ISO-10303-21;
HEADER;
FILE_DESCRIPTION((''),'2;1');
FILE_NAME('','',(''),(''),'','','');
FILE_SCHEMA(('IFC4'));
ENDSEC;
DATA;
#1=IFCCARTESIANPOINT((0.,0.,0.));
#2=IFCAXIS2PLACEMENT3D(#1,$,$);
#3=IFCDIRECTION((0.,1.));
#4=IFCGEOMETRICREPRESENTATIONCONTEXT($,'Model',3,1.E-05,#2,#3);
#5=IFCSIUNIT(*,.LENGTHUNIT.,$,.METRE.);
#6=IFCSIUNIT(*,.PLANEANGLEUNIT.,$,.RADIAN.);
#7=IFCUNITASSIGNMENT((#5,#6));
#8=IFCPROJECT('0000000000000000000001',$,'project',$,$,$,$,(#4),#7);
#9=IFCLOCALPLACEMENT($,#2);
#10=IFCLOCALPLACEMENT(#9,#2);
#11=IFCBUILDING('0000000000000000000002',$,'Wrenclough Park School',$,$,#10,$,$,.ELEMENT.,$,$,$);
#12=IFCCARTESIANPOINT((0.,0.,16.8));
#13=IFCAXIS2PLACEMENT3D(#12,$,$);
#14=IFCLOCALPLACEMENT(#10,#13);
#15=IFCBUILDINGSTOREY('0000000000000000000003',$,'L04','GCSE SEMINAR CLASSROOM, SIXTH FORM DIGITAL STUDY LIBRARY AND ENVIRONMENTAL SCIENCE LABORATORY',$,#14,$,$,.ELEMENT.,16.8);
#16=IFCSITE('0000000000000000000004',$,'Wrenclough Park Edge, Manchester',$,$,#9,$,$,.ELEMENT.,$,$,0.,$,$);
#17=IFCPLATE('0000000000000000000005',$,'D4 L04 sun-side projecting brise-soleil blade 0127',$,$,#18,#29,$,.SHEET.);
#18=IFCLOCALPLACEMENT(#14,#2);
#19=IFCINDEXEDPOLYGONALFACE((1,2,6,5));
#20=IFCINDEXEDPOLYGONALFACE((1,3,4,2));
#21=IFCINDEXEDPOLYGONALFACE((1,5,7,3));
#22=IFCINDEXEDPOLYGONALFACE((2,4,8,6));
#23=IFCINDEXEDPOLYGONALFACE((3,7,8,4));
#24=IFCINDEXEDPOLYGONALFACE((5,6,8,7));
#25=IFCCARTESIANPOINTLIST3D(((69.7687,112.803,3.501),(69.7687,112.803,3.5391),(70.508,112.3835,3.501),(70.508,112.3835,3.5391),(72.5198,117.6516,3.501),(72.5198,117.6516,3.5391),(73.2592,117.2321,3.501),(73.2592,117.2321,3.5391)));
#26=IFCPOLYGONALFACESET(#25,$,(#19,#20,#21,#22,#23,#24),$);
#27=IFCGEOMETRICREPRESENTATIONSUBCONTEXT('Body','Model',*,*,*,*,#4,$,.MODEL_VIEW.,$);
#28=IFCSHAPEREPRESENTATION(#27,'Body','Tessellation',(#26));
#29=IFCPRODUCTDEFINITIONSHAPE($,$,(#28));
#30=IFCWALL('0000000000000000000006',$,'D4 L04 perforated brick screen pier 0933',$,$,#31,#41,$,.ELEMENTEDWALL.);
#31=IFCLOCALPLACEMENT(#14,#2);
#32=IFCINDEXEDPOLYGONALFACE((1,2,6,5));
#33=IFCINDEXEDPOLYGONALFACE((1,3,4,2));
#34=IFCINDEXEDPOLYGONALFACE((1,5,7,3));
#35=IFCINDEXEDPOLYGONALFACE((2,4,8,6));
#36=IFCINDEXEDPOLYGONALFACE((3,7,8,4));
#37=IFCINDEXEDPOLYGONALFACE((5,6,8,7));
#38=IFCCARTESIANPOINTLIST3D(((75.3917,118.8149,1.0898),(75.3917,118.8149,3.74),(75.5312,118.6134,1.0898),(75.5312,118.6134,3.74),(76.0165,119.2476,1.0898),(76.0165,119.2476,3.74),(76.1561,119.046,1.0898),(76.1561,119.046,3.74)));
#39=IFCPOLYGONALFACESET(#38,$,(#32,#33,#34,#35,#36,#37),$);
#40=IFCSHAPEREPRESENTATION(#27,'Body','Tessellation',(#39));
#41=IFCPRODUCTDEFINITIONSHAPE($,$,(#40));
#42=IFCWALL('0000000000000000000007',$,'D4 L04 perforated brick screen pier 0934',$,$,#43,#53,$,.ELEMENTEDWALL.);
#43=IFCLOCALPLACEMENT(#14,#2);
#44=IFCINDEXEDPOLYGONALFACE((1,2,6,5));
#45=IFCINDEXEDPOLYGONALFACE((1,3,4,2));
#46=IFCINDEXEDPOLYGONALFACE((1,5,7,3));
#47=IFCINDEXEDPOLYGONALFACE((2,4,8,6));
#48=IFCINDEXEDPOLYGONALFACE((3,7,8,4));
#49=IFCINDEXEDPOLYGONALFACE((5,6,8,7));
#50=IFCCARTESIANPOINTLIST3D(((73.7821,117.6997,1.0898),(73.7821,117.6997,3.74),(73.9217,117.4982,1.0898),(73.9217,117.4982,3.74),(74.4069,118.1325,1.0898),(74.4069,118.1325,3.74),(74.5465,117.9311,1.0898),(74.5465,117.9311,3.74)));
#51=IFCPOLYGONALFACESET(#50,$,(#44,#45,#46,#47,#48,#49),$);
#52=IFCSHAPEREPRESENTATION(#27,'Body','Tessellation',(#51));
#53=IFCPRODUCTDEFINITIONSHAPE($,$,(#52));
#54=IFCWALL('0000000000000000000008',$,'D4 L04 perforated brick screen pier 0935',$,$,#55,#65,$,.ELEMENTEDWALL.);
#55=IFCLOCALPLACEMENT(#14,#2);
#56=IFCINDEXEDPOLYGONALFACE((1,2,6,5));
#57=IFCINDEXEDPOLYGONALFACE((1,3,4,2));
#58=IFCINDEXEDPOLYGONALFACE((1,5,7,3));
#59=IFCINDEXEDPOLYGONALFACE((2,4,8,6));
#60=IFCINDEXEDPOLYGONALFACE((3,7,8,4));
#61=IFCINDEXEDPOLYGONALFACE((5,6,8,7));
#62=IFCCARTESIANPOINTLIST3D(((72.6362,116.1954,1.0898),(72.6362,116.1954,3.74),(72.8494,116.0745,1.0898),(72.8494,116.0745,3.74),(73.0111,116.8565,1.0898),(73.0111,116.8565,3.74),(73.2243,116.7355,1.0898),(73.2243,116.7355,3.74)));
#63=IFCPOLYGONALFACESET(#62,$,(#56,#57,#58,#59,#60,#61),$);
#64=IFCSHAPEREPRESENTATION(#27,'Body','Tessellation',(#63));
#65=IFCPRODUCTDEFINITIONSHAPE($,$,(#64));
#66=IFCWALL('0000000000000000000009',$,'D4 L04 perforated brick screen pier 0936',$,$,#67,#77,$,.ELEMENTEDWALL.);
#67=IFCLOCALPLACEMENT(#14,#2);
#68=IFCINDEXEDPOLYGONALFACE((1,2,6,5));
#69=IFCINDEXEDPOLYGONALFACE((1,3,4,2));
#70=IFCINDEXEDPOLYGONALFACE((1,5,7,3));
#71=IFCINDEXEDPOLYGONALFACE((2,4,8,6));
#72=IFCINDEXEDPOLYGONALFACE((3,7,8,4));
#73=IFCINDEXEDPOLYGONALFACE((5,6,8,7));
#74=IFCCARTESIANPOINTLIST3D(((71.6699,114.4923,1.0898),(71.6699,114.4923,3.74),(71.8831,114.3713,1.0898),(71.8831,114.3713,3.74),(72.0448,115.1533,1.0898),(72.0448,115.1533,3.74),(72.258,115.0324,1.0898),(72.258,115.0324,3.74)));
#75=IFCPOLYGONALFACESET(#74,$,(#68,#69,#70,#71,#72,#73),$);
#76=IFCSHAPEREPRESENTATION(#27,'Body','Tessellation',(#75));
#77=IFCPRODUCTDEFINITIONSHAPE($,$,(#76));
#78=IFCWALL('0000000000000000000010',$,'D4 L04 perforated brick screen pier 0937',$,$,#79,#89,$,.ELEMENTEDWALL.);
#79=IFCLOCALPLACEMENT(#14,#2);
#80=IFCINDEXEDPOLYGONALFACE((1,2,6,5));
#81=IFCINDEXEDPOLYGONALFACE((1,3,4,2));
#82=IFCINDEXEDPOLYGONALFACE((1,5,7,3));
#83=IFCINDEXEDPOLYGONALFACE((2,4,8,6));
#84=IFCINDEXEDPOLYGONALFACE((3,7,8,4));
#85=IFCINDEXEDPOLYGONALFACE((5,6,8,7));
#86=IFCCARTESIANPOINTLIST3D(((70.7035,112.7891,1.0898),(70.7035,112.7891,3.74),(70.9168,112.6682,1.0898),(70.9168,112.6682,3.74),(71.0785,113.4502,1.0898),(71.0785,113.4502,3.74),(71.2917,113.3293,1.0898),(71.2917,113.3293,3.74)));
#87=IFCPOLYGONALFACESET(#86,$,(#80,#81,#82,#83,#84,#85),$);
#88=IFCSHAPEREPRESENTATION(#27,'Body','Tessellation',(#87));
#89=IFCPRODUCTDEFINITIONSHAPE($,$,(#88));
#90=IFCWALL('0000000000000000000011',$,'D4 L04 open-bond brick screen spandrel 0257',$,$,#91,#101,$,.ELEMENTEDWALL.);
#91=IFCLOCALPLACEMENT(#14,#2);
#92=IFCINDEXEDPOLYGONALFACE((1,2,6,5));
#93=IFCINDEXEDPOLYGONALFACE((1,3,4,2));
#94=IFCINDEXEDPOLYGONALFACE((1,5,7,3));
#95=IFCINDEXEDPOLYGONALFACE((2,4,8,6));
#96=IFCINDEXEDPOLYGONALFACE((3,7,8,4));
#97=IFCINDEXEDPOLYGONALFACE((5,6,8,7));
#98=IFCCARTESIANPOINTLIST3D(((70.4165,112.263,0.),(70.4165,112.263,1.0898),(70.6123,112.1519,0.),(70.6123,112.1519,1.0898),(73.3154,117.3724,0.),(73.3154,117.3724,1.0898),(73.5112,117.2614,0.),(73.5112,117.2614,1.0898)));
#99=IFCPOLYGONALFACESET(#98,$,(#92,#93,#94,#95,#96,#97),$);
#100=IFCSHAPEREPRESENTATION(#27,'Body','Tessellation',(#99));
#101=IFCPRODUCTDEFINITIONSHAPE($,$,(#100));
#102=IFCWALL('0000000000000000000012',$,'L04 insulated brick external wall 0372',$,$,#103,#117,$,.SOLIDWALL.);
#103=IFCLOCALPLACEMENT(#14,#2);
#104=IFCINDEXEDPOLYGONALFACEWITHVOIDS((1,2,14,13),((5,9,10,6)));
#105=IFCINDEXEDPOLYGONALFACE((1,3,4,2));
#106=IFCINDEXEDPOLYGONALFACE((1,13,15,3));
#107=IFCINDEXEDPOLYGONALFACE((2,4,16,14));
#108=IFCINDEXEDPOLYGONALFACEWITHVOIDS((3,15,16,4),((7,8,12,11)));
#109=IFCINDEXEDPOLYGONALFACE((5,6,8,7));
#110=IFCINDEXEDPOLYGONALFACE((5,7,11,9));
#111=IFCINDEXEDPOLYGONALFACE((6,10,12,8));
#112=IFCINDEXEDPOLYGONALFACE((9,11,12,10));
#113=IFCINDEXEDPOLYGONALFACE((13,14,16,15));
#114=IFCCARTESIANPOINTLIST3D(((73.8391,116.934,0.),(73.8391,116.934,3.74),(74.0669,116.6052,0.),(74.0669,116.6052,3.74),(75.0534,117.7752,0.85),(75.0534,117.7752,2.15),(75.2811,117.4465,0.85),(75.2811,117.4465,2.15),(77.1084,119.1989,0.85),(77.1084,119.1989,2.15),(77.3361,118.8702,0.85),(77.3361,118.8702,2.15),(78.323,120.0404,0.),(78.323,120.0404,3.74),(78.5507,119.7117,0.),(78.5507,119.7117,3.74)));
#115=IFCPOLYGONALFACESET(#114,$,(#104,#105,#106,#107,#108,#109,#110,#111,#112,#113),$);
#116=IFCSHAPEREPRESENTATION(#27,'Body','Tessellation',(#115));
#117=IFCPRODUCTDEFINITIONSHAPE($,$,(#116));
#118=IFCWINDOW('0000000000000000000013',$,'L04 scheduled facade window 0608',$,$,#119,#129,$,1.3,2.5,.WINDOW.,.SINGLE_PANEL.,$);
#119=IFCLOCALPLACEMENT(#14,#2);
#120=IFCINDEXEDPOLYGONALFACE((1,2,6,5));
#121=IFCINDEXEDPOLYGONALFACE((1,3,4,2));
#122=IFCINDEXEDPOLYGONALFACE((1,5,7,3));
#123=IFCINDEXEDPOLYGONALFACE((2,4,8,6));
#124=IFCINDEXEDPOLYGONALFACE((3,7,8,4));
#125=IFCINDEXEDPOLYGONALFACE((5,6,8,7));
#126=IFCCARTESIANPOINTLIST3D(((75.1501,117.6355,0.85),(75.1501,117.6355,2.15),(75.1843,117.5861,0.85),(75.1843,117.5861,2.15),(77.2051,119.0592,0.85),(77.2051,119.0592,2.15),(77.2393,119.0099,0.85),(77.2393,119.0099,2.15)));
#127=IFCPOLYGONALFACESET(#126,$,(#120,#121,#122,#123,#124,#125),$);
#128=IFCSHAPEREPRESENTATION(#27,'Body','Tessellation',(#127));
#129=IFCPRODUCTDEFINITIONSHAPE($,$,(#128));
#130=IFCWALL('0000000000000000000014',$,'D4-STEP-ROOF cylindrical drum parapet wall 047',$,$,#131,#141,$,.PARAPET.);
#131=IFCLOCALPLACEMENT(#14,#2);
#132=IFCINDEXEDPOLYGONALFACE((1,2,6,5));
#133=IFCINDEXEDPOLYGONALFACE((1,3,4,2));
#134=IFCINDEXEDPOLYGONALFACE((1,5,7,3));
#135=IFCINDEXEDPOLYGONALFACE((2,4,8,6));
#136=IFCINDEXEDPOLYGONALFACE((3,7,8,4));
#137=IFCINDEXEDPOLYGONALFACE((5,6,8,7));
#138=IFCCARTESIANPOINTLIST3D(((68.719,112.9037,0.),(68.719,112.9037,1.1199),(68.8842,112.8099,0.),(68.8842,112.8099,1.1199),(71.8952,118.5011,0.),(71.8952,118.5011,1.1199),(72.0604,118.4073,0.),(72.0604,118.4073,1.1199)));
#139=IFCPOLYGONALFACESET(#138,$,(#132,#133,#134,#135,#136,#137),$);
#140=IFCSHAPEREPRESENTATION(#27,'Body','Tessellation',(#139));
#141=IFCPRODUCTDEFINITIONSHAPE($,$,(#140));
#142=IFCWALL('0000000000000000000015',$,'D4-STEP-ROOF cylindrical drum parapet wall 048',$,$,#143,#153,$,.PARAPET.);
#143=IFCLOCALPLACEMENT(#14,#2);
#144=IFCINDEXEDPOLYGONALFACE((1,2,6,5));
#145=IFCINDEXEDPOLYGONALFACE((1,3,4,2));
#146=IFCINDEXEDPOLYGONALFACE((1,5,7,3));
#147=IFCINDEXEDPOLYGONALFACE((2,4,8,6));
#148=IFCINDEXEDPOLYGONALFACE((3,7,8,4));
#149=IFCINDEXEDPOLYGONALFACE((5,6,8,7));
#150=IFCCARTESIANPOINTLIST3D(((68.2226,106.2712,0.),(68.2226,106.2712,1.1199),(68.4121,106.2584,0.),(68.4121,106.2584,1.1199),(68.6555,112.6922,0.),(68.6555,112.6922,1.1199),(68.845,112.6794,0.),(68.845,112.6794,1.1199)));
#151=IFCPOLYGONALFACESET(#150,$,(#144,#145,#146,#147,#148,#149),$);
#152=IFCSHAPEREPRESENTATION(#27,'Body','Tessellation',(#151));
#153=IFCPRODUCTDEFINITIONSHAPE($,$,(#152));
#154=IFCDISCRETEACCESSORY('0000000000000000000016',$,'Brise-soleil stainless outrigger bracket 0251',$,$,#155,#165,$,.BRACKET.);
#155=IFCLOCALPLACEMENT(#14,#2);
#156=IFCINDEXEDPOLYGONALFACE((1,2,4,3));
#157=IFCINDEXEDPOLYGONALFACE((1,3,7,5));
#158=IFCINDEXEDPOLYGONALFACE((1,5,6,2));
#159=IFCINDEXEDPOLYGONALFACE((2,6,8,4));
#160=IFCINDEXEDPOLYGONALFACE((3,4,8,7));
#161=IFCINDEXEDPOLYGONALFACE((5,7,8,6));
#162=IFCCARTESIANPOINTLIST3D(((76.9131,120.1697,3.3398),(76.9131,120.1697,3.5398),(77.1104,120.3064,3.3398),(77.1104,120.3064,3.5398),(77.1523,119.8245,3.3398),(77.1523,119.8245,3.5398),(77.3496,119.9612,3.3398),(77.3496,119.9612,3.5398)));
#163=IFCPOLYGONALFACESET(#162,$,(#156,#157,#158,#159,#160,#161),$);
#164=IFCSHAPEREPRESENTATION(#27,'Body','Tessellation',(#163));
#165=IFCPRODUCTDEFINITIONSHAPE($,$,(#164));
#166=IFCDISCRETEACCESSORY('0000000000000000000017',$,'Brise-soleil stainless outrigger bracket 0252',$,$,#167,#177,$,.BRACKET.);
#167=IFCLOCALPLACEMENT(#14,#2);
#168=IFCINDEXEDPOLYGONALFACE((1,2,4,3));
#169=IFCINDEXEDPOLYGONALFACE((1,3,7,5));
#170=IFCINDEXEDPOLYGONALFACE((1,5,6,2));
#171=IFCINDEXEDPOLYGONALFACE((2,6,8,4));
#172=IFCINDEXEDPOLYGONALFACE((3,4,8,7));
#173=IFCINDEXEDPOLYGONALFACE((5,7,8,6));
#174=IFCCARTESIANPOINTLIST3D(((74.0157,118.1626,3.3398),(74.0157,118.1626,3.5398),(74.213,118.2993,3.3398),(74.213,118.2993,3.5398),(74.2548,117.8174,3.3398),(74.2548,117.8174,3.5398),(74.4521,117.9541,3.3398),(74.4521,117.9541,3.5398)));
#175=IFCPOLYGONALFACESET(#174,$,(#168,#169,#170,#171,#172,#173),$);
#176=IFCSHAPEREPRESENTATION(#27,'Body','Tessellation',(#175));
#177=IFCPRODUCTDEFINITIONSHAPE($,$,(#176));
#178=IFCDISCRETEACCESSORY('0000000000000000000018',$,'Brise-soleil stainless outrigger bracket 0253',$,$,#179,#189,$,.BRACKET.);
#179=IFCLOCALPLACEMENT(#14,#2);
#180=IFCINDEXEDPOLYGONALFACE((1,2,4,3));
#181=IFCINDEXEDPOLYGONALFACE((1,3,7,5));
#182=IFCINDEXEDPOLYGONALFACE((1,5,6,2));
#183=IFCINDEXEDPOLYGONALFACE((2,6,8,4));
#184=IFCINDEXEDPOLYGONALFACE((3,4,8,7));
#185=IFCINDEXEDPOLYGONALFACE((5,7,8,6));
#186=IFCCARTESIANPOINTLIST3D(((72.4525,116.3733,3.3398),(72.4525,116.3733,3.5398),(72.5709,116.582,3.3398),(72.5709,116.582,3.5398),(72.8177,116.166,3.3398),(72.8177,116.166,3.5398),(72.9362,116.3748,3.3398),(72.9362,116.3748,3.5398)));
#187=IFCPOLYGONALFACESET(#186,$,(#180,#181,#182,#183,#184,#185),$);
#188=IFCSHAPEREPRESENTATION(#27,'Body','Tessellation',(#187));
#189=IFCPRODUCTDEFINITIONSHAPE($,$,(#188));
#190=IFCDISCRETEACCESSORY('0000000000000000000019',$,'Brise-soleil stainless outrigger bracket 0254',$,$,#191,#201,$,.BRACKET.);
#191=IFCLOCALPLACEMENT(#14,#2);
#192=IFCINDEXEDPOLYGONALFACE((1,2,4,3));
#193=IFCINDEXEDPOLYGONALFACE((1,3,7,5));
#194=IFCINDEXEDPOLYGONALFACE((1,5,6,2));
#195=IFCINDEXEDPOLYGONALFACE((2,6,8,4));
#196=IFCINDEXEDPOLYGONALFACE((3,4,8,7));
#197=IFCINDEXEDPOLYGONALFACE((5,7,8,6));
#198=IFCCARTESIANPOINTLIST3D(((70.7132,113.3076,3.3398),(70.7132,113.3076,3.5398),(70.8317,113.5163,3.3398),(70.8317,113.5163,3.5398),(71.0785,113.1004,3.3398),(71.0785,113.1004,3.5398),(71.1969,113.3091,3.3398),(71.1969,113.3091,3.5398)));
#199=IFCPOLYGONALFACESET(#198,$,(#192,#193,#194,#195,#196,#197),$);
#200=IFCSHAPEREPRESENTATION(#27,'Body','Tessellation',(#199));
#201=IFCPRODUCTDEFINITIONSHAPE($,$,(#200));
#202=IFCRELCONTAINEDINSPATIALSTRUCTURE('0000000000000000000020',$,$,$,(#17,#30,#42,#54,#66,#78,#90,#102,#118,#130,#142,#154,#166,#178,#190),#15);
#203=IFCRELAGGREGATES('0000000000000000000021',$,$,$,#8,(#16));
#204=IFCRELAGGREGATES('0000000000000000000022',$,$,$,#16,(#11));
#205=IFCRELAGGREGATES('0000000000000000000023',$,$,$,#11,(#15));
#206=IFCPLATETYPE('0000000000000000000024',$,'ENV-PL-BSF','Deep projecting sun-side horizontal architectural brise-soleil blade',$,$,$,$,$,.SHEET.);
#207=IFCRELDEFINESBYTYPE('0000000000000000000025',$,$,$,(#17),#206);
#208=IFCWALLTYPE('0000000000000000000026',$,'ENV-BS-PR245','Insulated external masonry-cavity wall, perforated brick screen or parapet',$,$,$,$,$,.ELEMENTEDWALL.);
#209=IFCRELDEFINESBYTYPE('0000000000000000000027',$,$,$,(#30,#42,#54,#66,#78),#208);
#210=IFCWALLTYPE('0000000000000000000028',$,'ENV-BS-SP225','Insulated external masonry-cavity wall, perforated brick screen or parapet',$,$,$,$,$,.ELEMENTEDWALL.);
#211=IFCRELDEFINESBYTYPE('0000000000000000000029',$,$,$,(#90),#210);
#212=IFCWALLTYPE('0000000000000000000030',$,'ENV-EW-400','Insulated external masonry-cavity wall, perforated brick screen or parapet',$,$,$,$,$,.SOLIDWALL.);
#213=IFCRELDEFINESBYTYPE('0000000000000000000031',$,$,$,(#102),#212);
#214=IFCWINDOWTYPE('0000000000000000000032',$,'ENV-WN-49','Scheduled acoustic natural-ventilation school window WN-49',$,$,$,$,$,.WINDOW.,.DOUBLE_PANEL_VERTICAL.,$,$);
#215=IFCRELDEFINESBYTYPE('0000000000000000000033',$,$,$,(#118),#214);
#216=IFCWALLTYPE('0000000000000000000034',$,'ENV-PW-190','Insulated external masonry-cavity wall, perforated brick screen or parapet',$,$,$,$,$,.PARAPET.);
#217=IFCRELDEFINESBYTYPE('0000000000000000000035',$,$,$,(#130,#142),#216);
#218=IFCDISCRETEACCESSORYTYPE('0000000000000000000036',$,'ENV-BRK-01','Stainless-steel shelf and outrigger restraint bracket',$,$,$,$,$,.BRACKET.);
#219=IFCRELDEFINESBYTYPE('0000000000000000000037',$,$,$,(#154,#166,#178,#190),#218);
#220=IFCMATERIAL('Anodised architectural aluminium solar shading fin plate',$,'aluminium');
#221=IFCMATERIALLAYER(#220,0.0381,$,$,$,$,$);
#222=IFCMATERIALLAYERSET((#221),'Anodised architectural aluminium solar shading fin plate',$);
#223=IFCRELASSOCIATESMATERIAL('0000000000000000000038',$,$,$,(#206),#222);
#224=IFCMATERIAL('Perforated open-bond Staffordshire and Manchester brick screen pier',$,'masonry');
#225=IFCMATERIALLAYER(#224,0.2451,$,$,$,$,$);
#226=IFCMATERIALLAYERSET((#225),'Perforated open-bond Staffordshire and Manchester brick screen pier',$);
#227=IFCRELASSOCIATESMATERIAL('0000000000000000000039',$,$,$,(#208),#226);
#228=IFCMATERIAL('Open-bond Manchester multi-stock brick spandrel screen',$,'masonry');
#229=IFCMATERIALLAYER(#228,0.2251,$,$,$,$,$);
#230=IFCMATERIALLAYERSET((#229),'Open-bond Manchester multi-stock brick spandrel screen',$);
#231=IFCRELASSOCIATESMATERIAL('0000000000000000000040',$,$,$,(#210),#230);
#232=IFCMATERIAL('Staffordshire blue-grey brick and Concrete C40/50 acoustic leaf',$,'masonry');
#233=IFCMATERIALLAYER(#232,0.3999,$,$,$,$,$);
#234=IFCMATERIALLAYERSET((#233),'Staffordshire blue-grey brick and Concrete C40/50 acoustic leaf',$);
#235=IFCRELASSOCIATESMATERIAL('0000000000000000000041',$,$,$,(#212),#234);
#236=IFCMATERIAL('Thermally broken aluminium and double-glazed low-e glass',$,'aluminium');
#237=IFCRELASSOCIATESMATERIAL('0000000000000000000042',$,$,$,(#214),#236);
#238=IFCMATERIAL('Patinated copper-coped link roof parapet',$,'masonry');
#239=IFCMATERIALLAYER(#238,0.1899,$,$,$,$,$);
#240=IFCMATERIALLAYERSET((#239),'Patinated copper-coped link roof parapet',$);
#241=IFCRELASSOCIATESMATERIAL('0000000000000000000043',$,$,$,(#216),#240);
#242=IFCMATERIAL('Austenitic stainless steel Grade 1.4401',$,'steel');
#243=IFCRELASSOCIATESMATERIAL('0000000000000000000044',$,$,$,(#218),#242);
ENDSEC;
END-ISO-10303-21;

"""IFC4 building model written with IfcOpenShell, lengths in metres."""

from ifc_helpers import new_model, si_unit, direction, frame, frame_2d, origin, origin_2d, place, context, subcontext, project, spatial, rectangle, extrude, material, layer, layer_set, type_object, element, fill, save


model = new_model("IFC4")

# Units and contexts
model_context = context("Model", 3, precision=1e-05, world=origin(), true_north=direction((0.0, 1.0)))
body_context = subcontext(model_context, "Body", "Model", "MODEL_VIEW")
ifc_project = project(units=[si_unit("LENGTHUNIT", "METRE"), si_unit("PLANEANGLEUNIT", "RADIAN")], contexts=[model_context])

# Site, building, storey
site_placement = place(None, origin())
site = spatial("IfcSite", under=ifc_project, at=site_placement, Name="Wrenclough Park Edge, Manchester", CompositionType="ELEMENT", RefElevation=0.0)
building_placement = place(site_placement, origin())
building = spatial("IfcBuilding", under=site, at=building_placement, Name="Wrenclough Park School", CompositionType="ELEMENT")
storey_placement = place(building_placement, frame((0.0, 0.0, 16.8)))
storey = spatial("IfcBuildingStorey", under=building, at=storey_placement, Name="L04", Description="GCSE SEMINAR CLASSROOM, SIXTH FORM DIGITAL STUDY LIBRARY AND ENVIRONMENTAL SCIENCE LABORATORY", CompositionType="ELEMENT", Elevation=16.8)

# Plate
ifc_material_1 = material(Name="Anodised architectural aluminium solar shading fin plate", Category="aluminium")
ifc_layer_1 = layer(ifc_material_1, 0.0381)
ifc_layer_set_1 = layer_set([ifc_layer_1], Name="Anodised architectural aluminium solar shading fin plate")
plate_type = type_object("IfcPlateType", Name="ENV-PL-BSF", Description="Deep projecting sun-side horizontal architectural brise-soleil blade", PredefinedType="SHEET", material=ifc_layer_set_1)
plate_1_placement = place(storey_placement, frame((71.5139, 115.0176, 3.501), z_axis=(0.0, 0.0, 1.0), x_axis=(-0.493499, -0.869747, 0.0)))
element("IfcPlate", 1, at=plate_1_placement, inside=storey, type_object=plate_type, Name="D4 L04 sun-side projecting brise-soleil blade 0127", PredefinedType="SHEET", context=body_context, shape_type="SweptSolid", body=[
    extrude(rectangle(XDim=5.5747, YDim=0.8501, at=origin_2d()), origin(), (0.0, 0.0, 1.0), 0.0381),
])

# Walls
ifc_material_2 = material(Name="Perforated open-bond Staffordshire and Manchester brick screen pier", Category="masonry")
ifc_layer_2 = layer(ifc_material_2, 0.2451)
ifc_layer_set_2 = layer_set([ifc_layer_2], Name="Perforated open-bond Staffordshire and Manchester brick screen pier")
wall_type_1 = type_object("IfcWallType", Name="ENV-BS-PR245", Description="Insulated external masonry-cavity wall, perforated brick screen or parapet", PredefinedType="ELEMENTEDWALL", material=ifc_layer_set_2)
for number, where, z_axis, x_axis, name in (
    (2, (76.0862, 119.1467, 1.0898), (0.0, 0.0, 1.0), (-0.822134, -0.569294, 0.0), "D4 L04 perforated brick screen pier 0933"),
    (3, (74.4766, 118.0317, 1.0898), (0.0, 0.0, 1.0), (-0.821984, -0.569511, 0.0), "D4 L04 perforated brick screen pier 0934"),
    (4, (73.1177, 116.7959, 1.0898), (0.0, 0.0, 1.0), (-0.493369, -0.86982, 0.0), "D4 L04 perforated brick screen pier 0935"),
    (5, (72.1514, 115.0928, 1.0898), (0.0, 0.0, 1.0), (-0.493369, -0.86982, 0.0), "D4 L04 perforated brick screen pier 0936"),
    (6, (71.1851, 113.3896, 1.0898), (0.0, 0.0, 1.0), (-0.493369, -0.86982, 0.0), "D4 L04 perforated brick screen pier 0937"),
):
    element("IfcWall", number, at=place(storey_placement, frame(where, z_axis=z_axis, x_axis=x_axis)), inside=storey, type_object=wall_type_1, Name=name, PredefinedType="ELEMENTEDWALL", context=body_context, shape_type="SweptSolid", body=[
        extrude(rectangle(XDim=0.76, YDim=0.2451, at=frame_2d((0.3799, 0.0))), origin(), (0.0, 0.0, 1.0), 2.6501),
    ])
ifc_material_3 = material(Name="Open-bond Manchester multi-stock brick spandrel screen", Category="masonry")
ifc_layer_3 = layer(ifc_material_3, 0.2251)
ifc_layer_set_3 = layer_set([ifc_layer_3], Name="Open-bond Manchester multi-stock brick spandrel screen")
wall_type_2 = type_object("IfcWallType", Name="ENV-BS-SP225", Description="Insulated external masonry-cavity wall, perforated brick screen or parapet", PredefinedType="ELEMENTEDWALL", material=ifc_layer_set_3)
wall_1_placement = place(storey_placement, frame((73.4133, 117.3169, 0.0), z_axis=(0.0, 0.0, 1.0), x_axis=(-0.493478, -0.869758, 0.0)))
element("IfcWall", 7, at=wall_1_placement, inside=storey, type_object=wall_type_2, Name="D4 L04 open-bond brick screen spandrel 0257", PredefinedType="ELEMENTEDWALL", context=body_context, shape_type="SweptSolid", body=[
    extrude(rectangle(XDim=5.8745, YDim=0.2251, at=frame_2d((2.9373, 0.0))), origin(), (0.0, 0.0, 1.0), 1.0898),
])

# Wall, opening, window
ifc_material_4 = material(Name="Staffordshire blue-grey brick and Concrete C40/50 acoustic leaf", Category="masonry")
ifc_layer_4 = layer(ifc_material_4, 0.3999)
ifc_layer_set_4 = layer_set([ifc_layer_4], Name="Staffordshire blue-grey brick and Concrete C40/50 acoustic leaf")
wall_type_3 = type_object("IfcWallType", Name="ENV-EW-400", Description="Insulated external masonry-cavity wall, perforated brick screen or parapet", PredefinedType="SOLIDWALL", material=ifc_layer_set_4)
wall_2_placement = place(storey_placement, frame((73.9529, 116.7695, 0.0), z_axis=(0.0, 0.0, 1.0), x_axis=(0.822002, 0.569485, 0.0)))
wall_2 = element("IfcWall", 8, at=wall_2_placement, inside=storey, type_object=wall_type_3, Name="L04 insulated brick external wall 0372", PredefinedType="SOLIDWALL", context=body_context, shape_type="SweptSolid", body=[
    extrude(rectangle(XDim=5.4548, YDim=0.3999, at=frame_2d((2.7275, 0.0))), origin(), (0.0, 0.0, 1.0), 3.74),
])
opening_placement = place(wall_2_placement, frame((1.4773, 0.0, 0.8501)))
opening = element("IfcOpeningElement", 9, at=opening_placement, cuts=wall_2, PredefinedType="OPENING", context=body_context, shape_type="SweptSolid", body=[
    extrude(rectangle(XDim=2.5, YDim=1.3, at=frame_2d((1.25, 0.6499))), frame((0.0, 0.21, 0.0), z_axis=(0.0, -1.0, 0.0), x_axis=(1.0, 0.0, 0.0)), (0.0, 0.0, 1.0), 0.4199),
])
ifc_material_5 = material(Name="Thermally broken aluminium and double-glazed low-e glass", Category="aluminium")
window_type = type_object("IfcWindowType", Name="ENV-WN-49", Description="Scheduled acoustic natural-ventilation school window WN-49", PartitioningType="DOUBLE_PANEL_VERTICAL", PredefinedType="WINDOW", material=ifc_material_5)
window_placement = place(opening_placement, origin())
window = element("IfcWindow", 10, at=window_placement, inside=storey, type_object=window_type, Name="L04 scheduled facade window 0608", OverallHeight=1.3, OverallWidth=2.5, PartitioningType="SINGLE_PANEL", PredefinedType="WINDOW", context=body_context, shape_type="SweptSolid", body=[
    extrude(rectangle(XDim=2.5, YDim=1.3, at=frame_2d((1.25, 0.6499))), frame((0.0, 0.03, 0.0), z_axis=(0.0, -1.0, 0.0), x_axis=(1.0, 0.0, 0.0)), (0.0, 0.0, 1.0), 0.0601),
])
fill(opening, window)

# Walls
ifc_material_6 = material(Name="Patinated copper-coped link roof parapet", Category="masonry")
ifc_layer_5 = layer(ifc_material_6, 0.1899)
ifc_layer_set_5 = layer_set([ifc_layer_5], Name="Patinated copper-coped link roof parapet")
wall_type_4 = type_object("IfcWallType", Name="ENV-PW-190", Description="Insulated external masonry-cavity wall, perforated brick screen or parapet", PredefinedType="PARAPET", material=ifc_layer_set_5)
wall_3_placement = place(storey_placement, frame((71.9778, 118.4541, 0.0), z_axis=(0.0, 0.0, 1.0), x_axis=(-0.49353, -0.869729, 0.0)))
element("IfcWall", 11, at=wall_3_placement, inside=storey, type_object=wall_type_4, Name="D4-STEP-ROOF cylindrical drum parapet wall 047", PredefinedType="PARAPET", context=body_context, shape_type="SweptSolid", body=[
    extrude(rectangle(XDim=6.4358, YDim=0.1899, at=frame_2d((3.2178, 0.0))), origin(), (0.0, 0.0, 1.0), 1.1199),
])
wall_4_placement = place(storey_placement, frame((68.7502, 112.6858, 0.0), z_axis=(0.0, 0.0, 1.0), x_axis=(-0.067262, -0.997735, 0.0)))
element("IfcWall", 12, at=wall_4_placement, inside=storey, type_object=wall_type_4, Name="D4-STEP-ROOF cylindrical drum parapet wall 048", PredefinedType="PARAPET", context=body_context, shape_type="SweptSolid", body=[
    extrude(rectangle(XDim=6.4355, YDim=0.1899, at=frame_2d((3.2178, 0.0))), origin(), (0.0, 0.0, 1.0), 1.1199),
])

# Discrete accessories
ifc_material_7 = material(Name="Austenitic stainless steel Grade 1.4401", Category="steel")
discrete_accessory_type_1 = type_object("IfcDiscreteAccessoryType", Name="ENV-BRK-01", Description="Stainless-steel shelf and outrigger restraint bracket", PredefinedType="BRACKET", material=ifc_material_7)
for number, where, z_axis, x_axis, name in (
    (13, (77.1313, 120.0654, 3.3398), (0.0, 0.0, 1.0), (-0.822008, -0.569476, 0.0), "Brise-soleil stainless outrigger bracket 0251"),
    (14, (74.2339, 118.0583, 3.3398), (0.0, 0.0, 1.0), (-0.822008, -0.569476, 0.0), "Brise-soleil stainless outrigger bracket 0252"),
    (15, (72.6943, 116.374, 3.3398), (0.0, 0.0, 1.0), (-0.493499, -0.869747, 0.0), "Brise-soleil stainless outrigger bracket 0253"),
    (16, (70.9551, 113.3083, 3.3398), (0.0, 0.0, 1.0), (-0.493499, -0.869747, 0.0), "Brise-soleil stainless outrigger bracket 0254"),
):
    element("IfcDiscreteAccessory", number, at=place(storey_placement, frame(where, z_axis=z_axis, x_axis=x_axis)), inside=storey, type_object=discrete_accessory_type_1, Name=name, PredefinedType="BRACKET", context=body_context, shape_type="SweptSolid", body=[
        extrude(rectangle(XDim=0.24, YDim=0.4199, at=origin_2d()), origin(), (0.0, 0.0, 1.0), 0.2),
    ])

save(model, "model.ifc")
